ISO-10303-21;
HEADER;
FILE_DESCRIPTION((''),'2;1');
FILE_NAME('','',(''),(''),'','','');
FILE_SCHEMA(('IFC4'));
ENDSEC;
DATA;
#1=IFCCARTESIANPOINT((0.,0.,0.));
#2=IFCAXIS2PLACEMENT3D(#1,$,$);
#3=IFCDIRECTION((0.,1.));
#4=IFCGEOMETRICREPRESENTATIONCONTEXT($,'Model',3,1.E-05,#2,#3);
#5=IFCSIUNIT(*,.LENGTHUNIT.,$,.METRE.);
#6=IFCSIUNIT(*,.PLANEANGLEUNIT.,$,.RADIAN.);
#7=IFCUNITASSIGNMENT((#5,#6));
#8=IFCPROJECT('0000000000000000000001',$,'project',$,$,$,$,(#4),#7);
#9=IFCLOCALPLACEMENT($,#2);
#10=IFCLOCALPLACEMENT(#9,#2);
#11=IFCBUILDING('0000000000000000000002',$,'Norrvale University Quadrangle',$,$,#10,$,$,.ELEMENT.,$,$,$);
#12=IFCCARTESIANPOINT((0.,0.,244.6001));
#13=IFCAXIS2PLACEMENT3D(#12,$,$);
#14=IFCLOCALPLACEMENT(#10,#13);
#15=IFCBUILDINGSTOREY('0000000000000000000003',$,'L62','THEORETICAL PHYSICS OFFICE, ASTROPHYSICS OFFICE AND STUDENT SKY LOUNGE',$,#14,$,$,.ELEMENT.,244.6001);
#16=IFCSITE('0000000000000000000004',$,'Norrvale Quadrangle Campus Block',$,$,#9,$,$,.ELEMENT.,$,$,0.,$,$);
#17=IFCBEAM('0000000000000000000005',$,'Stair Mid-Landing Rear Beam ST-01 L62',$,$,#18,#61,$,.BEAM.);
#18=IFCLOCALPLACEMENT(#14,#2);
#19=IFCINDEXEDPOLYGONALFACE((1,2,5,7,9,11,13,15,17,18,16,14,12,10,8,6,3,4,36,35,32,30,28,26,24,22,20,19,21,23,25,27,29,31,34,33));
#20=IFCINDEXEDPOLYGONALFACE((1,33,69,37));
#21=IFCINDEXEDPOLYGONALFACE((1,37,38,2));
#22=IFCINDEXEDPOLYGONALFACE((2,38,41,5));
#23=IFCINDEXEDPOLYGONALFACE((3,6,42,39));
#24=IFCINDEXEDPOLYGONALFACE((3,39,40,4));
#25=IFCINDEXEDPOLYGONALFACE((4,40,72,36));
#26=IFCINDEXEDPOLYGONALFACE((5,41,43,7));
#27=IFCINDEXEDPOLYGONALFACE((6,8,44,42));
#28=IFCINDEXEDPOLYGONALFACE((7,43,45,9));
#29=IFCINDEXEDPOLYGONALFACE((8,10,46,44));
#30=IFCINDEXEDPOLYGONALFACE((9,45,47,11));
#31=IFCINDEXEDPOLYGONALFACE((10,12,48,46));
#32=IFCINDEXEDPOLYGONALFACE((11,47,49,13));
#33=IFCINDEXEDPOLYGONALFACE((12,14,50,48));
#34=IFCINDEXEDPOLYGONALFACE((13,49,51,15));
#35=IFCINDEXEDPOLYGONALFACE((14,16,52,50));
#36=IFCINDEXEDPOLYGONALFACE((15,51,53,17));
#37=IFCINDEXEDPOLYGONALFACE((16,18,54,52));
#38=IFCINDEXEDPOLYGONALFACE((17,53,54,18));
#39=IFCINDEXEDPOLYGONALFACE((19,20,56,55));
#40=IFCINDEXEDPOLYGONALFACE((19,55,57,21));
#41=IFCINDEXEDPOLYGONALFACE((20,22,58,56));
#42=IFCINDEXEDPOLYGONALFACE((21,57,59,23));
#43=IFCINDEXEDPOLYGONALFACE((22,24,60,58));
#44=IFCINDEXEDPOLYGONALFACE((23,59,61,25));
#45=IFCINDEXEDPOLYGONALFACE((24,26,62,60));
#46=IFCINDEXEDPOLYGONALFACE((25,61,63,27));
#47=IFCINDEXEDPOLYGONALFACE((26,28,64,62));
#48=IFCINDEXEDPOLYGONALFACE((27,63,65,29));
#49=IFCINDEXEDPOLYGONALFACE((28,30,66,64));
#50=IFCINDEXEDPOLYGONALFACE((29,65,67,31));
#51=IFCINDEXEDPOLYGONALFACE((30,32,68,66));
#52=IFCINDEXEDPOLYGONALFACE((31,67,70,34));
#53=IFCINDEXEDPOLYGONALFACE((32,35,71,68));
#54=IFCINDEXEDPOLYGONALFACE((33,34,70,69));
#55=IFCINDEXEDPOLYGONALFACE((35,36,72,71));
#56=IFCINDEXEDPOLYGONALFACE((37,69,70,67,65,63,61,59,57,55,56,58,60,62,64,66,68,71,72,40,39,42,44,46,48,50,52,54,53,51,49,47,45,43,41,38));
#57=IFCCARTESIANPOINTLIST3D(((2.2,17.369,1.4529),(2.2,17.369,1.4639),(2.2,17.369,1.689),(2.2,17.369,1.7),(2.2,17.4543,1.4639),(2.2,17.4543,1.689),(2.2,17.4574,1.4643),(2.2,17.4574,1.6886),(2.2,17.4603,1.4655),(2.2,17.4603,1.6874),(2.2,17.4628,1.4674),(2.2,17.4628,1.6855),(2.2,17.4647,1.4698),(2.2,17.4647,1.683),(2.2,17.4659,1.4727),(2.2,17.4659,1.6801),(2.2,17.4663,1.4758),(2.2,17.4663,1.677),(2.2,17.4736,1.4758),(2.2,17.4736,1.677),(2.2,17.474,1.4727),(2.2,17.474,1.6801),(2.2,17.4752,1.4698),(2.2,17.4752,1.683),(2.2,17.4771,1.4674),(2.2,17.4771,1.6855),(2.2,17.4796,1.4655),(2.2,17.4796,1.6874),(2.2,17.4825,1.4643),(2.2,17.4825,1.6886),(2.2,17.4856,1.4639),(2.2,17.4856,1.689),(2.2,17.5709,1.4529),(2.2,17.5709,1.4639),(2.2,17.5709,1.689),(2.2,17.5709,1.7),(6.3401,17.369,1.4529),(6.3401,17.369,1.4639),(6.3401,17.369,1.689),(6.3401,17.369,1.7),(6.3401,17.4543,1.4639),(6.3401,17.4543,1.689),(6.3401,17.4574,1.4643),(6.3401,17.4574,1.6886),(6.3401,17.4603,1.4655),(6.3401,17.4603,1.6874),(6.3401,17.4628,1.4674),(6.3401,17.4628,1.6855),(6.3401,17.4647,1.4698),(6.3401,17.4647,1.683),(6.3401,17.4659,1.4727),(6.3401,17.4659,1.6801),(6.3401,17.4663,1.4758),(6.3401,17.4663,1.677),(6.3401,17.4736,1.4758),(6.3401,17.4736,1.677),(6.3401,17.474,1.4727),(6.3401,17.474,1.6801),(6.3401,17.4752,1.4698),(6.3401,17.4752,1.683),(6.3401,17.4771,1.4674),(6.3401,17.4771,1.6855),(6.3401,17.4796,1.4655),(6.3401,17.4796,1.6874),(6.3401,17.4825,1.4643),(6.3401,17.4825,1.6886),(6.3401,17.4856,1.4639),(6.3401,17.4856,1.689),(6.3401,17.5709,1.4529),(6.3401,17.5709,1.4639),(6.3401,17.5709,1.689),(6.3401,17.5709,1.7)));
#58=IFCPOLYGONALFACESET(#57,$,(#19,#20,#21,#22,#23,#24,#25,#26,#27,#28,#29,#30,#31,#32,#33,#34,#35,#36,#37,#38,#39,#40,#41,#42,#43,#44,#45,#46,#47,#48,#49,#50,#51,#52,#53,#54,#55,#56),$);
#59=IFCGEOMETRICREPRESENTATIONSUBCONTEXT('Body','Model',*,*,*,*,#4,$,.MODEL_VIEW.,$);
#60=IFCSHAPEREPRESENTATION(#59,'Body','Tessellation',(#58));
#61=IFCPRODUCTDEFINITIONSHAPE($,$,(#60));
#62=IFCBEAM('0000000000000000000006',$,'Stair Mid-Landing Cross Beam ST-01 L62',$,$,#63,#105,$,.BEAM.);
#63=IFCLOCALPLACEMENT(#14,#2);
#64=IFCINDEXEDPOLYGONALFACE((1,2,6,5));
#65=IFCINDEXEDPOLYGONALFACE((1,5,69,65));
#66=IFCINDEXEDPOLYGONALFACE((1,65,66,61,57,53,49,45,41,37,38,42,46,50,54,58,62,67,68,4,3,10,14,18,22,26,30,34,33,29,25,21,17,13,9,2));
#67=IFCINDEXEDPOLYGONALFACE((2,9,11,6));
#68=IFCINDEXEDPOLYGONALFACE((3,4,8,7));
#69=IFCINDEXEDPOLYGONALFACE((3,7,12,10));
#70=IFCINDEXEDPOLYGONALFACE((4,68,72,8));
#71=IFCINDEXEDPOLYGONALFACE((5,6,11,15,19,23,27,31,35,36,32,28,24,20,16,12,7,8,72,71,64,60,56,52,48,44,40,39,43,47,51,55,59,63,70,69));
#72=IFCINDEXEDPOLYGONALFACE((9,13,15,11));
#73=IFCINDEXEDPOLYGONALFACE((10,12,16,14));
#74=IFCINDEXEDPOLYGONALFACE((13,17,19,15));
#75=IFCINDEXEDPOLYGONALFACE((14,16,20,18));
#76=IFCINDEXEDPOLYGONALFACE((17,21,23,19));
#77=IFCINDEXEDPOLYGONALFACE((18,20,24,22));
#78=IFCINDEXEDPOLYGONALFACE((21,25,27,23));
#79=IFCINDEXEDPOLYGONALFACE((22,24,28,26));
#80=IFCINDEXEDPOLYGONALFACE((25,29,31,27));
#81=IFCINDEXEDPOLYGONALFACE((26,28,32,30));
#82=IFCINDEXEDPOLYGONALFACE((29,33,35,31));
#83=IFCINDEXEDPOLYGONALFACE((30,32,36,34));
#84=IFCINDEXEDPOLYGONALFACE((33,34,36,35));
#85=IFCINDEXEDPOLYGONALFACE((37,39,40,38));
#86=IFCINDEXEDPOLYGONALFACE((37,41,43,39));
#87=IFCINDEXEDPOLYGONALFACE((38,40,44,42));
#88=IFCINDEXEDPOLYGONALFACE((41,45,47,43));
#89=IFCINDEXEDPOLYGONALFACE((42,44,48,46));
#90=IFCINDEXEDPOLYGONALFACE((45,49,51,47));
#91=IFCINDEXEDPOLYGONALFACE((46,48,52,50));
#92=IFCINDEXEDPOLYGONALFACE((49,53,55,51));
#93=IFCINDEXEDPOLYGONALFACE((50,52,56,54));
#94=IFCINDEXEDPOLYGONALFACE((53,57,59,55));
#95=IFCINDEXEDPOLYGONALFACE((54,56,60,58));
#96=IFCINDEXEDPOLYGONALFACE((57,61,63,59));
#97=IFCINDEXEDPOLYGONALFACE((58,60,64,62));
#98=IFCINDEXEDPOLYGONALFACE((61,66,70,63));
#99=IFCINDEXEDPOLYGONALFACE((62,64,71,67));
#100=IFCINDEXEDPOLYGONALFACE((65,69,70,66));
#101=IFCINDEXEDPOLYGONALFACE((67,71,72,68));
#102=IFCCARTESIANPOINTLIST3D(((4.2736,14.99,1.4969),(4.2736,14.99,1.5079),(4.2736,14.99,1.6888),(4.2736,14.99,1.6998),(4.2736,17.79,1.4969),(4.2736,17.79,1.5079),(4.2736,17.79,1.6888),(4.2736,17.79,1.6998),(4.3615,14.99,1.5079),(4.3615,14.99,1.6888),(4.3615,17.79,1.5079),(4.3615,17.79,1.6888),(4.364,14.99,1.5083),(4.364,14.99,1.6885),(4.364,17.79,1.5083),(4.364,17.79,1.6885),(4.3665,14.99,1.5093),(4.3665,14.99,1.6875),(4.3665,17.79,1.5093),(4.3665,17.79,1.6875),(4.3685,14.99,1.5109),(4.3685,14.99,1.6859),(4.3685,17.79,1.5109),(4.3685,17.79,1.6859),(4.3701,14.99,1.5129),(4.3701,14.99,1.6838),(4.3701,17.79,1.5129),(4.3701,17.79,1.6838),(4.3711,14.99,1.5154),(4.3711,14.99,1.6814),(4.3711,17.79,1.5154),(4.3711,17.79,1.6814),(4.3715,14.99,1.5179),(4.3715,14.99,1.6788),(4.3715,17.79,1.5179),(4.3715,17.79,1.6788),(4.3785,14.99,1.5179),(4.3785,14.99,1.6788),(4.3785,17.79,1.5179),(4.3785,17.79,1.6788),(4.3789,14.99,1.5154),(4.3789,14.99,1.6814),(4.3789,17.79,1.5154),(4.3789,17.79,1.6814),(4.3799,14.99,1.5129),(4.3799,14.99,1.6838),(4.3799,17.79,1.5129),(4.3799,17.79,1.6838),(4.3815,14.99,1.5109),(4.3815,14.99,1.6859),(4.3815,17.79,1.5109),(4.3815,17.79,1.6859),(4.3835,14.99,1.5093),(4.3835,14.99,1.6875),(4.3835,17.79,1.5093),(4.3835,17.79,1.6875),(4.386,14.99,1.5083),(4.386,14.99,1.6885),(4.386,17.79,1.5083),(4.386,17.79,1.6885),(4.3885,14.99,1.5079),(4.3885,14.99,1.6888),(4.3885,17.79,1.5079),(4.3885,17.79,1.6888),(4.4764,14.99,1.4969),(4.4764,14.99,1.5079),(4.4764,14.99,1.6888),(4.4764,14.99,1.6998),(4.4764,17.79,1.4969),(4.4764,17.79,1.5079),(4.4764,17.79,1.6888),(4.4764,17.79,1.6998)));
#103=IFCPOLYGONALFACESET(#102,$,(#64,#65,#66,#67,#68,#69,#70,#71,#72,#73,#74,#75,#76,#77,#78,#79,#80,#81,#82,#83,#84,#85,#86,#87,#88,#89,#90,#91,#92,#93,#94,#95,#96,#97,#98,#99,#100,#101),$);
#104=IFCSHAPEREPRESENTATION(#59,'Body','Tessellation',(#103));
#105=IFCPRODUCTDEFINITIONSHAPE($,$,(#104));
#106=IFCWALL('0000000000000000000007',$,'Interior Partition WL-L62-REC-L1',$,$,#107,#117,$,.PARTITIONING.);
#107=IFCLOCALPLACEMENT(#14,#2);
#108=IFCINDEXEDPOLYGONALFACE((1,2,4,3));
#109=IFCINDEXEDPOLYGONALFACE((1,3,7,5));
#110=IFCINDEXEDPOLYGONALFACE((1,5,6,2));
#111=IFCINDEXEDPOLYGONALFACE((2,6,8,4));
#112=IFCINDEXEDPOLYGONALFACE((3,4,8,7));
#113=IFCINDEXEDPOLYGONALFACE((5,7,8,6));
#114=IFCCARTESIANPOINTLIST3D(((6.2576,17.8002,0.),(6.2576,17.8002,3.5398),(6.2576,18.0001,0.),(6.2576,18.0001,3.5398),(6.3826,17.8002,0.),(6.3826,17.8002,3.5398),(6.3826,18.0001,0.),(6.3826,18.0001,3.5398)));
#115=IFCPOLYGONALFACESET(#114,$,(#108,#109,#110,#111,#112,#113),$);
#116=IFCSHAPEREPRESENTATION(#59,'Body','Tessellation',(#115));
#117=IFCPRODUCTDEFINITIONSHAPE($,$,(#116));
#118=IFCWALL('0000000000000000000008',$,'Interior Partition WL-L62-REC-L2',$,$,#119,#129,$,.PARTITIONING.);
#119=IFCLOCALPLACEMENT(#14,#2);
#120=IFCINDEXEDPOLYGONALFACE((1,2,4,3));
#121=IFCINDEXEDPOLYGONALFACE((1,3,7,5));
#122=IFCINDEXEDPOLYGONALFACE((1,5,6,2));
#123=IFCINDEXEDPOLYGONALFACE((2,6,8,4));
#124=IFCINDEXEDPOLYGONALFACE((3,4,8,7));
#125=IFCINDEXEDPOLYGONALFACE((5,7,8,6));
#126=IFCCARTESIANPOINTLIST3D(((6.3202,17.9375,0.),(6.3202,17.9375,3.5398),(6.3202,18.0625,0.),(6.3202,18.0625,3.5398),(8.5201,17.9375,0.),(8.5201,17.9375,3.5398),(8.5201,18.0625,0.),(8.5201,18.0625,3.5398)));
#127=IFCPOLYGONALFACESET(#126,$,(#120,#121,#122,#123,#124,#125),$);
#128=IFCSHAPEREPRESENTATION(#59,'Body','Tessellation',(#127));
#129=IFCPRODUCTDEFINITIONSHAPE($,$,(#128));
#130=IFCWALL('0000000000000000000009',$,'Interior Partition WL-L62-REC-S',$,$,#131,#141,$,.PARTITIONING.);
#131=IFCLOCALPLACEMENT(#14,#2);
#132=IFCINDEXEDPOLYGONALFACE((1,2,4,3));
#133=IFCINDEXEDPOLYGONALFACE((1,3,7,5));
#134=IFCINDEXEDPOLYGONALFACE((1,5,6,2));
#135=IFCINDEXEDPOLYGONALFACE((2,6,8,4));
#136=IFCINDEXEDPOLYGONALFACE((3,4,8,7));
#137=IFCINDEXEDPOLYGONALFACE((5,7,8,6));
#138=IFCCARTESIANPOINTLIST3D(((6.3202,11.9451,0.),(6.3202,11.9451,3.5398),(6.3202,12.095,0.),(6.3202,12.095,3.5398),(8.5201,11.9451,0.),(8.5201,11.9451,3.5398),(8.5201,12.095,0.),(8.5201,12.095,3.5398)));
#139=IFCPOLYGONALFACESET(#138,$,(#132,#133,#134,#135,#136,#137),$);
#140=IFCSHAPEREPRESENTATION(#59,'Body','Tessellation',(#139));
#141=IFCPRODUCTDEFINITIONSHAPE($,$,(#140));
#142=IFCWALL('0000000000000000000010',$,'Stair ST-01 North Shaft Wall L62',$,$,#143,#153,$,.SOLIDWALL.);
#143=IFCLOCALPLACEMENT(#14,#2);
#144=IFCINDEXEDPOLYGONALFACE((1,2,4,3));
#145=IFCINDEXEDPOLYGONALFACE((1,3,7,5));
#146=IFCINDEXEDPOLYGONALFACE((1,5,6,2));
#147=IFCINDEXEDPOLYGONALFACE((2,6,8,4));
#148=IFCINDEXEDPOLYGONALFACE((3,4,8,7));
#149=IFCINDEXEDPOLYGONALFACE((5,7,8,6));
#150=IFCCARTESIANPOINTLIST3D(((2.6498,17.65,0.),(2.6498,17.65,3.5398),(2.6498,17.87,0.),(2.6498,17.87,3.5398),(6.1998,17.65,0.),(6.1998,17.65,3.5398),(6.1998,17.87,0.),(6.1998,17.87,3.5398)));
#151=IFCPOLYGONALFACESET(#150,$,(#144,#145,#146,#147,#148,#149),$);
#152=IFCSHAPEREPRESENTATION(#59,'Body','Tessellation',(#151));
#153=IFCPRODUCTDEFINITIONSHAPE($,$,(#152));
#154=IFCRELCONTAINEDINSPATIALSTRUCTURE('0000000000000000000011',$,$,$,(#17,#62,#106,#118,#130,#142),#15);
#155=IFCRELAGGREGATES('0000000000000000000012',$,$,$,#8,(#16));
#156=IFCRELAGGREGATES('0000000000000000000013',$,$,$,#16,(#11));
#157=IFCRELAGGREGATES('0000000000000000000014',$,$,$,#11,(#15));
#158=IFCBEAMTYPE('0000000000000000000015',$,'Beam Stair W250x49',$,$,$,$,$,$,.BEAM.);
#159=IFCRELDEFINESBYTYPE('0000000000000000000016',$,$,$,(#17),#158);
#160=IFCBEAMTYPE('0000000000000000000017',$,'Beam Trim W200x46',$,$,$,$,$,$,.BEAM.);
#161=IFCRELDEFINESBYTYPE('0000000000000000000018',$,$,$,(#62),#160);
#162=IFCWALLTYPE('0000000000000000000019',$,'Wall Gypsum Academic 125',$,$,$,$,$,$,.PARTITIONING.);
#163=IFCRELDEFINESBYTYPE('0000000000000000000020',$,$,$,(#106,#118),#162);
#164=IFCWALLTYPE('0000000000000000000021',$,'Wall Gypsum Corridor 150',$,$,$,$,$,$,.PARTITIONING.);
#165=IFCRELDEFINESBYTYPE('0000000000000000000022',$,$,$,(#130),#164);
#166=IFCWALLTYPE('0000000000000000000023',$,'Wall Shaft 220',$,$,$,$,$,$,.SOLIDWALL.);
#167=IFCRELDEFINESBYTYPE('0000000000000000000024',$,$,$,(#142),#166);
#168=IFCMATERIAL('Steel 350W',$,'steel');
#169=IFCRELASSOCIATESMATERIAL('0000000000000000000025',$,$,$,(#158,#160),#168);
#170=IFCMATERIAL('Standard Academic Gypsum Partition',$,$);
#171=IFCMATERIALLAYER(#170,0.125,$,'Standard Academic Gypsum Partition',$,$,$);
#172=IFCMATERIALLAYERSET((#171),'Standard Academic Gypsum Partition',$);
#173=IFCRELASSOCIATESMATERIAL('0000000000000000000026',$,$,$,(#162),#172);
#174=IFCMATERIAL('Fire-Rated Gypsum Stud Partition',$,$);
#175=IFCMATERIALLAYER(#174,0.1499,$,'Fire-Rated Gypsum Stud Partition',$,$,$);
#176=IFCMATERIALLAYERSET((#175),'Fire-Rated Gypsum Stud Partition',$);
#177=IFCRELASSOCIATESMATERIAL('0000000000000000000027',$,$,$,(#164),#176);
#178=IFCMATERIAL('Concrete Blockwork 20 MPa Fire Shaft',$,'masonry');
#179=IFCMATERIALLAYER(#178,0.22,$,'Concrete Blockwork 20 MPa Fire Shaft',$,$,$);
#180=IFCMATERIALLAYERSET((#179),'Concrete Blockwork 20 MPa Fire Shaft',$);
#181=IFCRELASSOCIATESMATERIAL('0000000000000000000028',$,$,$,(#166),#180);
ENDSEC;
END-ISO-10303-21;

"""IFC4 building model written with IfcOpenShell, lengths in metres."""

from ifc_helpers import new_model, si_unit, direction, frame, frame_2d, origin, origin_2d, place, context, subcontext, project, spatial, rectangle, i_section, extrude, material, layer, layer_set, material_profile, profile_set, type_object, element, save


model = new_model("IFC4")

# Units and contexts
model_context = context("Model", 3, precision=1e-05, world=origin(), true_north=direction((0.0, 1.0)))
body_context = subcontext(model_context, "Body", "Model", "MODEL_VIEW")
ifc_project = project(units=[si_unit("LENGTHUNIT", "METRE"), si_unit("PLANEANGLEUNIT", "RADIAN")], contexts=[model_context])

# Site, building, storey
site_placement = place(None, origin())
site = spatial("IfcSite", under=ifc_project, at=site_placement, Name="Norrvale Quadrangle Campus Block", CompositionType="ELEMENT", RefElevation=0.0)
building_placement = place(site_placement, origin())
building = spatial("IfcBuilding", under=site, at=building_placement, Name="Norrvale University Quadrangle", CompositionType="ELEMENT")
storey_placement = place(building_placement, frame((0.0, 0.0, 244.6001)))
storey = spatial("IfcBuildingStorey", under=building, at=storey_placement, Name="L62", Description="THEORETICAL PHYSICS OFFICE, ASTROPHYSICS OFFICE AND STUDENT SKY LOUNGE", CompositionType="ELEMENT", Elevation=244.6001)

# Beams
ifc_material_1 = material(Name="Steel 350W", Category="steel")
ifc_material_profile_1 = material_profile(ifc_material_1, i_section(OverallWidth=0.2019, OverallDepth=0.2471, WebThickness=0.0073, FlangeThickness=0.011, FilletRadius=0.012, at=origin_2d()), Name="Steel 350W")
ifc_profile_set_1 = profile_set([ifc_material_profile_1], Name="Steel 350W")
beam_type_1 = type_object("IfcBeamType", Name="Beam Stair W250x49", PredefinedType="BEAM", material=ifc_profile_set_1)
for number, where, z_axis, x_axis, name in (
    (1, (2.2, 17.47, 1.5764), (1.0, 0.0, 0.0), (0.0, 1.0, 0.0), "Stair Mid-Landing Rear Beam ST-01 L62"),
):
    element("IfcBeam", number, at=place(storey_placement, frame(where, z_axis=z_axis, x_axis=x_axis)), inside=storey, type_object=beam_type_1, Name=name, PredefinedType="BEAM", context=body_context, shape_type="SweptSolid", body=[
        extrude(i_section(OverallWidth=0.2019, OverallDepth=0.2471, WebThickness=0.0073, FlangeThickness=0.011, FilletRadius=0.012, at=origin_2d()), origin(), (0.0, 0.0, 1.0), 4.1401),
    ])
ifc_material_profile_2 = material_profile(ifc_material_1, i_section(OverallWidth=0.2029, OverallDepth=0.2029, WebThickness=0.0071, FlangeThickness=0.011, FilletRadius=0.01, at=origin_2d()), Name="Steel 350W")
ifc_profile_set_2 = profile_set([ifc_material_profile_2], Name="Steel 350W")
beam_type_2 = type_object("IfcBeamType", Name="Beam Trim W200x46", PredefinedType="BEAM", material=ifc_profile_set_2)
beam_1_placement = place(storey_placement, frame((4.375, 14.99, 1.5984), z_axis=(0.0, 1.0, 0.0), x_axis=(-1.0, 0.0, 0.0)))
element("IfcBeam", 2, at=beam_1_placement, inside=storey, type_object=beam_type_2, Name="Stair Mid-Landing Cross Beam ST-01 L62", PredefinedType="BEAM", context=body_context, shape_type="SweptSolid", body=[
    extrude(i_section(OverallWidth=0.2029, OverallDepth=0.2029, WebThickness=0.0071, FlangeThickness=0.011, FilletRadius=0.01, at=origin_2d()), origin(), (0.0, 0.0, 1.0), 2.8),
])

# Walls
ifc_material_2 = material(Name="Standard Academic Gypsum Partition")
ifc_layer_1 = layer(ifc_material_2, 0.125, Name="Standard Academic Gypsum Partition")
ifc_layer_set_1 = layer_set([ifc_layer_1], Name="Standard Academic Gypsum Partition")
wall_type_1 = type_object("IfcWallType", Name="Wall Gypsum Academic 125", PredefinedType="PARTITIONING", material=ifc_layer_set_1)
wall_1_placement = place(storey_placement, frame((6.3201, 17.8, 0.0), z_axis=(0.0, 0.0, 1.0), x_axis=(0.0, 1.0, 0.0)))
element("IfcWall", 3, at=wall_1_placement, inside=storey, type_object=wall_type_1, Name="Interior Partition WL-L62-REC-L1", PredefinedType="PARTITIONING", context=body_context, shape_type="SweptSolid", body=[
    extrude(rectangle(XDim=0.2, YDim=0.125, at=frame_2d((0.1001, 0.0))), origin(), (0.0, 0.0, 1.0), 3.5398),
])
wall_2_placement = place(storey_placement, frame((6.3201, 18.0, 0.0), z_axis=(0.0, 0.0, 1.0), x_axis=(1.0, 0.0, 0.0)))
element("IfcWall", 4, at=wall_2_placement, inside=storey, type_object=wall_type_1, Name="Interior Partition WL-L62-REC-L2", PredefinedType="PARTITIONING", context=body_context, shape_type="SweptSolid", body=[
    extrude(rectangle(XDim=2.2, YDim=0.125, at=frame_2d((1.1001, 0.0))), origin(), (0.0, 0.0, 1.0), 3.5398),
])
ifc_material_3 = material(Name="Fire-Rated Gypsum Stud Partition")
ifc_layer_2 = layer(ifc_material_3, 0.1499, Name="Fire-Rated Gypsum Stud Partition")
ifc_layer_set_2 = layer_set([ifc_layer_2], Name="Fire-Rated Gypsum Stud Partition")
wall_type_2 = type_object("IfcWallType", Name="Wall Gypsum Corridor 150", PredefinedType="PARTITIONING", material=ifc_layer_set_2)
wall_3_placement = place(storey_placement, frame((6.3201, 12.02, 0.0), z_axis=(0.0, 0.0, 1.0), x_axis=(1.0, 0.0, 0.0)))
element("IfcWall", 5, at=wall_3_placement, inside=storey, type_object=wall_type_2, Name="Interior Partition WL-L62-REC-S", PredefinedType="PARTITIONING", context=body_context, shape_type="SweptSolid", body=[
    extrude(rectangle(XDim=2.2, YDim=0.1499, at=frame_2d((1.1001, 0.0))), origin(), (0.0, 0.0, 1.0), 3.5398),
])
ifc_material_4 = material(Name="Concrete Blockwork 20 MPa Fire Shaft", Category="masonry")
ifc_layer_3 = layer(ifc_material_4, 0.22, Name="Concrete Blockwork 20 MPa Fire Shaft")
ifc_layer_set_3 = layer_set([ifc_layer_3], Name="Concrete Blockwork 20 MPa Fire Shaft")
wall_type_3 = type_object("IfcWallType", Name="Wall Shaft 220", PredefinedType="SOLIDWALL", material=ifc_layer_set_3)
wall_4_placement = place(storey_placement, frame((2.6499, 17.76, 0.0), z_axis=(0.0, 0.0, 1.0), x_axis=(1.0, 0.0, 0.0)))
element("IfcWall", 6, at=wall_4_placement, inside=storey, type_object=wall_type_3, Name="Stair ST-01 North Shaft Wall L62", PredefinedType="SOLIDWALL", context=body_context, shape_type="SweptSolid", body=[
    extrude(rectangle(XDim=3.55, YDim=0.22, at=frame_2d((1.7749, 0.0))), origin(), (0.0, 0.0, 1.0), 3.5398),
])

save(model, "model.ifc")
